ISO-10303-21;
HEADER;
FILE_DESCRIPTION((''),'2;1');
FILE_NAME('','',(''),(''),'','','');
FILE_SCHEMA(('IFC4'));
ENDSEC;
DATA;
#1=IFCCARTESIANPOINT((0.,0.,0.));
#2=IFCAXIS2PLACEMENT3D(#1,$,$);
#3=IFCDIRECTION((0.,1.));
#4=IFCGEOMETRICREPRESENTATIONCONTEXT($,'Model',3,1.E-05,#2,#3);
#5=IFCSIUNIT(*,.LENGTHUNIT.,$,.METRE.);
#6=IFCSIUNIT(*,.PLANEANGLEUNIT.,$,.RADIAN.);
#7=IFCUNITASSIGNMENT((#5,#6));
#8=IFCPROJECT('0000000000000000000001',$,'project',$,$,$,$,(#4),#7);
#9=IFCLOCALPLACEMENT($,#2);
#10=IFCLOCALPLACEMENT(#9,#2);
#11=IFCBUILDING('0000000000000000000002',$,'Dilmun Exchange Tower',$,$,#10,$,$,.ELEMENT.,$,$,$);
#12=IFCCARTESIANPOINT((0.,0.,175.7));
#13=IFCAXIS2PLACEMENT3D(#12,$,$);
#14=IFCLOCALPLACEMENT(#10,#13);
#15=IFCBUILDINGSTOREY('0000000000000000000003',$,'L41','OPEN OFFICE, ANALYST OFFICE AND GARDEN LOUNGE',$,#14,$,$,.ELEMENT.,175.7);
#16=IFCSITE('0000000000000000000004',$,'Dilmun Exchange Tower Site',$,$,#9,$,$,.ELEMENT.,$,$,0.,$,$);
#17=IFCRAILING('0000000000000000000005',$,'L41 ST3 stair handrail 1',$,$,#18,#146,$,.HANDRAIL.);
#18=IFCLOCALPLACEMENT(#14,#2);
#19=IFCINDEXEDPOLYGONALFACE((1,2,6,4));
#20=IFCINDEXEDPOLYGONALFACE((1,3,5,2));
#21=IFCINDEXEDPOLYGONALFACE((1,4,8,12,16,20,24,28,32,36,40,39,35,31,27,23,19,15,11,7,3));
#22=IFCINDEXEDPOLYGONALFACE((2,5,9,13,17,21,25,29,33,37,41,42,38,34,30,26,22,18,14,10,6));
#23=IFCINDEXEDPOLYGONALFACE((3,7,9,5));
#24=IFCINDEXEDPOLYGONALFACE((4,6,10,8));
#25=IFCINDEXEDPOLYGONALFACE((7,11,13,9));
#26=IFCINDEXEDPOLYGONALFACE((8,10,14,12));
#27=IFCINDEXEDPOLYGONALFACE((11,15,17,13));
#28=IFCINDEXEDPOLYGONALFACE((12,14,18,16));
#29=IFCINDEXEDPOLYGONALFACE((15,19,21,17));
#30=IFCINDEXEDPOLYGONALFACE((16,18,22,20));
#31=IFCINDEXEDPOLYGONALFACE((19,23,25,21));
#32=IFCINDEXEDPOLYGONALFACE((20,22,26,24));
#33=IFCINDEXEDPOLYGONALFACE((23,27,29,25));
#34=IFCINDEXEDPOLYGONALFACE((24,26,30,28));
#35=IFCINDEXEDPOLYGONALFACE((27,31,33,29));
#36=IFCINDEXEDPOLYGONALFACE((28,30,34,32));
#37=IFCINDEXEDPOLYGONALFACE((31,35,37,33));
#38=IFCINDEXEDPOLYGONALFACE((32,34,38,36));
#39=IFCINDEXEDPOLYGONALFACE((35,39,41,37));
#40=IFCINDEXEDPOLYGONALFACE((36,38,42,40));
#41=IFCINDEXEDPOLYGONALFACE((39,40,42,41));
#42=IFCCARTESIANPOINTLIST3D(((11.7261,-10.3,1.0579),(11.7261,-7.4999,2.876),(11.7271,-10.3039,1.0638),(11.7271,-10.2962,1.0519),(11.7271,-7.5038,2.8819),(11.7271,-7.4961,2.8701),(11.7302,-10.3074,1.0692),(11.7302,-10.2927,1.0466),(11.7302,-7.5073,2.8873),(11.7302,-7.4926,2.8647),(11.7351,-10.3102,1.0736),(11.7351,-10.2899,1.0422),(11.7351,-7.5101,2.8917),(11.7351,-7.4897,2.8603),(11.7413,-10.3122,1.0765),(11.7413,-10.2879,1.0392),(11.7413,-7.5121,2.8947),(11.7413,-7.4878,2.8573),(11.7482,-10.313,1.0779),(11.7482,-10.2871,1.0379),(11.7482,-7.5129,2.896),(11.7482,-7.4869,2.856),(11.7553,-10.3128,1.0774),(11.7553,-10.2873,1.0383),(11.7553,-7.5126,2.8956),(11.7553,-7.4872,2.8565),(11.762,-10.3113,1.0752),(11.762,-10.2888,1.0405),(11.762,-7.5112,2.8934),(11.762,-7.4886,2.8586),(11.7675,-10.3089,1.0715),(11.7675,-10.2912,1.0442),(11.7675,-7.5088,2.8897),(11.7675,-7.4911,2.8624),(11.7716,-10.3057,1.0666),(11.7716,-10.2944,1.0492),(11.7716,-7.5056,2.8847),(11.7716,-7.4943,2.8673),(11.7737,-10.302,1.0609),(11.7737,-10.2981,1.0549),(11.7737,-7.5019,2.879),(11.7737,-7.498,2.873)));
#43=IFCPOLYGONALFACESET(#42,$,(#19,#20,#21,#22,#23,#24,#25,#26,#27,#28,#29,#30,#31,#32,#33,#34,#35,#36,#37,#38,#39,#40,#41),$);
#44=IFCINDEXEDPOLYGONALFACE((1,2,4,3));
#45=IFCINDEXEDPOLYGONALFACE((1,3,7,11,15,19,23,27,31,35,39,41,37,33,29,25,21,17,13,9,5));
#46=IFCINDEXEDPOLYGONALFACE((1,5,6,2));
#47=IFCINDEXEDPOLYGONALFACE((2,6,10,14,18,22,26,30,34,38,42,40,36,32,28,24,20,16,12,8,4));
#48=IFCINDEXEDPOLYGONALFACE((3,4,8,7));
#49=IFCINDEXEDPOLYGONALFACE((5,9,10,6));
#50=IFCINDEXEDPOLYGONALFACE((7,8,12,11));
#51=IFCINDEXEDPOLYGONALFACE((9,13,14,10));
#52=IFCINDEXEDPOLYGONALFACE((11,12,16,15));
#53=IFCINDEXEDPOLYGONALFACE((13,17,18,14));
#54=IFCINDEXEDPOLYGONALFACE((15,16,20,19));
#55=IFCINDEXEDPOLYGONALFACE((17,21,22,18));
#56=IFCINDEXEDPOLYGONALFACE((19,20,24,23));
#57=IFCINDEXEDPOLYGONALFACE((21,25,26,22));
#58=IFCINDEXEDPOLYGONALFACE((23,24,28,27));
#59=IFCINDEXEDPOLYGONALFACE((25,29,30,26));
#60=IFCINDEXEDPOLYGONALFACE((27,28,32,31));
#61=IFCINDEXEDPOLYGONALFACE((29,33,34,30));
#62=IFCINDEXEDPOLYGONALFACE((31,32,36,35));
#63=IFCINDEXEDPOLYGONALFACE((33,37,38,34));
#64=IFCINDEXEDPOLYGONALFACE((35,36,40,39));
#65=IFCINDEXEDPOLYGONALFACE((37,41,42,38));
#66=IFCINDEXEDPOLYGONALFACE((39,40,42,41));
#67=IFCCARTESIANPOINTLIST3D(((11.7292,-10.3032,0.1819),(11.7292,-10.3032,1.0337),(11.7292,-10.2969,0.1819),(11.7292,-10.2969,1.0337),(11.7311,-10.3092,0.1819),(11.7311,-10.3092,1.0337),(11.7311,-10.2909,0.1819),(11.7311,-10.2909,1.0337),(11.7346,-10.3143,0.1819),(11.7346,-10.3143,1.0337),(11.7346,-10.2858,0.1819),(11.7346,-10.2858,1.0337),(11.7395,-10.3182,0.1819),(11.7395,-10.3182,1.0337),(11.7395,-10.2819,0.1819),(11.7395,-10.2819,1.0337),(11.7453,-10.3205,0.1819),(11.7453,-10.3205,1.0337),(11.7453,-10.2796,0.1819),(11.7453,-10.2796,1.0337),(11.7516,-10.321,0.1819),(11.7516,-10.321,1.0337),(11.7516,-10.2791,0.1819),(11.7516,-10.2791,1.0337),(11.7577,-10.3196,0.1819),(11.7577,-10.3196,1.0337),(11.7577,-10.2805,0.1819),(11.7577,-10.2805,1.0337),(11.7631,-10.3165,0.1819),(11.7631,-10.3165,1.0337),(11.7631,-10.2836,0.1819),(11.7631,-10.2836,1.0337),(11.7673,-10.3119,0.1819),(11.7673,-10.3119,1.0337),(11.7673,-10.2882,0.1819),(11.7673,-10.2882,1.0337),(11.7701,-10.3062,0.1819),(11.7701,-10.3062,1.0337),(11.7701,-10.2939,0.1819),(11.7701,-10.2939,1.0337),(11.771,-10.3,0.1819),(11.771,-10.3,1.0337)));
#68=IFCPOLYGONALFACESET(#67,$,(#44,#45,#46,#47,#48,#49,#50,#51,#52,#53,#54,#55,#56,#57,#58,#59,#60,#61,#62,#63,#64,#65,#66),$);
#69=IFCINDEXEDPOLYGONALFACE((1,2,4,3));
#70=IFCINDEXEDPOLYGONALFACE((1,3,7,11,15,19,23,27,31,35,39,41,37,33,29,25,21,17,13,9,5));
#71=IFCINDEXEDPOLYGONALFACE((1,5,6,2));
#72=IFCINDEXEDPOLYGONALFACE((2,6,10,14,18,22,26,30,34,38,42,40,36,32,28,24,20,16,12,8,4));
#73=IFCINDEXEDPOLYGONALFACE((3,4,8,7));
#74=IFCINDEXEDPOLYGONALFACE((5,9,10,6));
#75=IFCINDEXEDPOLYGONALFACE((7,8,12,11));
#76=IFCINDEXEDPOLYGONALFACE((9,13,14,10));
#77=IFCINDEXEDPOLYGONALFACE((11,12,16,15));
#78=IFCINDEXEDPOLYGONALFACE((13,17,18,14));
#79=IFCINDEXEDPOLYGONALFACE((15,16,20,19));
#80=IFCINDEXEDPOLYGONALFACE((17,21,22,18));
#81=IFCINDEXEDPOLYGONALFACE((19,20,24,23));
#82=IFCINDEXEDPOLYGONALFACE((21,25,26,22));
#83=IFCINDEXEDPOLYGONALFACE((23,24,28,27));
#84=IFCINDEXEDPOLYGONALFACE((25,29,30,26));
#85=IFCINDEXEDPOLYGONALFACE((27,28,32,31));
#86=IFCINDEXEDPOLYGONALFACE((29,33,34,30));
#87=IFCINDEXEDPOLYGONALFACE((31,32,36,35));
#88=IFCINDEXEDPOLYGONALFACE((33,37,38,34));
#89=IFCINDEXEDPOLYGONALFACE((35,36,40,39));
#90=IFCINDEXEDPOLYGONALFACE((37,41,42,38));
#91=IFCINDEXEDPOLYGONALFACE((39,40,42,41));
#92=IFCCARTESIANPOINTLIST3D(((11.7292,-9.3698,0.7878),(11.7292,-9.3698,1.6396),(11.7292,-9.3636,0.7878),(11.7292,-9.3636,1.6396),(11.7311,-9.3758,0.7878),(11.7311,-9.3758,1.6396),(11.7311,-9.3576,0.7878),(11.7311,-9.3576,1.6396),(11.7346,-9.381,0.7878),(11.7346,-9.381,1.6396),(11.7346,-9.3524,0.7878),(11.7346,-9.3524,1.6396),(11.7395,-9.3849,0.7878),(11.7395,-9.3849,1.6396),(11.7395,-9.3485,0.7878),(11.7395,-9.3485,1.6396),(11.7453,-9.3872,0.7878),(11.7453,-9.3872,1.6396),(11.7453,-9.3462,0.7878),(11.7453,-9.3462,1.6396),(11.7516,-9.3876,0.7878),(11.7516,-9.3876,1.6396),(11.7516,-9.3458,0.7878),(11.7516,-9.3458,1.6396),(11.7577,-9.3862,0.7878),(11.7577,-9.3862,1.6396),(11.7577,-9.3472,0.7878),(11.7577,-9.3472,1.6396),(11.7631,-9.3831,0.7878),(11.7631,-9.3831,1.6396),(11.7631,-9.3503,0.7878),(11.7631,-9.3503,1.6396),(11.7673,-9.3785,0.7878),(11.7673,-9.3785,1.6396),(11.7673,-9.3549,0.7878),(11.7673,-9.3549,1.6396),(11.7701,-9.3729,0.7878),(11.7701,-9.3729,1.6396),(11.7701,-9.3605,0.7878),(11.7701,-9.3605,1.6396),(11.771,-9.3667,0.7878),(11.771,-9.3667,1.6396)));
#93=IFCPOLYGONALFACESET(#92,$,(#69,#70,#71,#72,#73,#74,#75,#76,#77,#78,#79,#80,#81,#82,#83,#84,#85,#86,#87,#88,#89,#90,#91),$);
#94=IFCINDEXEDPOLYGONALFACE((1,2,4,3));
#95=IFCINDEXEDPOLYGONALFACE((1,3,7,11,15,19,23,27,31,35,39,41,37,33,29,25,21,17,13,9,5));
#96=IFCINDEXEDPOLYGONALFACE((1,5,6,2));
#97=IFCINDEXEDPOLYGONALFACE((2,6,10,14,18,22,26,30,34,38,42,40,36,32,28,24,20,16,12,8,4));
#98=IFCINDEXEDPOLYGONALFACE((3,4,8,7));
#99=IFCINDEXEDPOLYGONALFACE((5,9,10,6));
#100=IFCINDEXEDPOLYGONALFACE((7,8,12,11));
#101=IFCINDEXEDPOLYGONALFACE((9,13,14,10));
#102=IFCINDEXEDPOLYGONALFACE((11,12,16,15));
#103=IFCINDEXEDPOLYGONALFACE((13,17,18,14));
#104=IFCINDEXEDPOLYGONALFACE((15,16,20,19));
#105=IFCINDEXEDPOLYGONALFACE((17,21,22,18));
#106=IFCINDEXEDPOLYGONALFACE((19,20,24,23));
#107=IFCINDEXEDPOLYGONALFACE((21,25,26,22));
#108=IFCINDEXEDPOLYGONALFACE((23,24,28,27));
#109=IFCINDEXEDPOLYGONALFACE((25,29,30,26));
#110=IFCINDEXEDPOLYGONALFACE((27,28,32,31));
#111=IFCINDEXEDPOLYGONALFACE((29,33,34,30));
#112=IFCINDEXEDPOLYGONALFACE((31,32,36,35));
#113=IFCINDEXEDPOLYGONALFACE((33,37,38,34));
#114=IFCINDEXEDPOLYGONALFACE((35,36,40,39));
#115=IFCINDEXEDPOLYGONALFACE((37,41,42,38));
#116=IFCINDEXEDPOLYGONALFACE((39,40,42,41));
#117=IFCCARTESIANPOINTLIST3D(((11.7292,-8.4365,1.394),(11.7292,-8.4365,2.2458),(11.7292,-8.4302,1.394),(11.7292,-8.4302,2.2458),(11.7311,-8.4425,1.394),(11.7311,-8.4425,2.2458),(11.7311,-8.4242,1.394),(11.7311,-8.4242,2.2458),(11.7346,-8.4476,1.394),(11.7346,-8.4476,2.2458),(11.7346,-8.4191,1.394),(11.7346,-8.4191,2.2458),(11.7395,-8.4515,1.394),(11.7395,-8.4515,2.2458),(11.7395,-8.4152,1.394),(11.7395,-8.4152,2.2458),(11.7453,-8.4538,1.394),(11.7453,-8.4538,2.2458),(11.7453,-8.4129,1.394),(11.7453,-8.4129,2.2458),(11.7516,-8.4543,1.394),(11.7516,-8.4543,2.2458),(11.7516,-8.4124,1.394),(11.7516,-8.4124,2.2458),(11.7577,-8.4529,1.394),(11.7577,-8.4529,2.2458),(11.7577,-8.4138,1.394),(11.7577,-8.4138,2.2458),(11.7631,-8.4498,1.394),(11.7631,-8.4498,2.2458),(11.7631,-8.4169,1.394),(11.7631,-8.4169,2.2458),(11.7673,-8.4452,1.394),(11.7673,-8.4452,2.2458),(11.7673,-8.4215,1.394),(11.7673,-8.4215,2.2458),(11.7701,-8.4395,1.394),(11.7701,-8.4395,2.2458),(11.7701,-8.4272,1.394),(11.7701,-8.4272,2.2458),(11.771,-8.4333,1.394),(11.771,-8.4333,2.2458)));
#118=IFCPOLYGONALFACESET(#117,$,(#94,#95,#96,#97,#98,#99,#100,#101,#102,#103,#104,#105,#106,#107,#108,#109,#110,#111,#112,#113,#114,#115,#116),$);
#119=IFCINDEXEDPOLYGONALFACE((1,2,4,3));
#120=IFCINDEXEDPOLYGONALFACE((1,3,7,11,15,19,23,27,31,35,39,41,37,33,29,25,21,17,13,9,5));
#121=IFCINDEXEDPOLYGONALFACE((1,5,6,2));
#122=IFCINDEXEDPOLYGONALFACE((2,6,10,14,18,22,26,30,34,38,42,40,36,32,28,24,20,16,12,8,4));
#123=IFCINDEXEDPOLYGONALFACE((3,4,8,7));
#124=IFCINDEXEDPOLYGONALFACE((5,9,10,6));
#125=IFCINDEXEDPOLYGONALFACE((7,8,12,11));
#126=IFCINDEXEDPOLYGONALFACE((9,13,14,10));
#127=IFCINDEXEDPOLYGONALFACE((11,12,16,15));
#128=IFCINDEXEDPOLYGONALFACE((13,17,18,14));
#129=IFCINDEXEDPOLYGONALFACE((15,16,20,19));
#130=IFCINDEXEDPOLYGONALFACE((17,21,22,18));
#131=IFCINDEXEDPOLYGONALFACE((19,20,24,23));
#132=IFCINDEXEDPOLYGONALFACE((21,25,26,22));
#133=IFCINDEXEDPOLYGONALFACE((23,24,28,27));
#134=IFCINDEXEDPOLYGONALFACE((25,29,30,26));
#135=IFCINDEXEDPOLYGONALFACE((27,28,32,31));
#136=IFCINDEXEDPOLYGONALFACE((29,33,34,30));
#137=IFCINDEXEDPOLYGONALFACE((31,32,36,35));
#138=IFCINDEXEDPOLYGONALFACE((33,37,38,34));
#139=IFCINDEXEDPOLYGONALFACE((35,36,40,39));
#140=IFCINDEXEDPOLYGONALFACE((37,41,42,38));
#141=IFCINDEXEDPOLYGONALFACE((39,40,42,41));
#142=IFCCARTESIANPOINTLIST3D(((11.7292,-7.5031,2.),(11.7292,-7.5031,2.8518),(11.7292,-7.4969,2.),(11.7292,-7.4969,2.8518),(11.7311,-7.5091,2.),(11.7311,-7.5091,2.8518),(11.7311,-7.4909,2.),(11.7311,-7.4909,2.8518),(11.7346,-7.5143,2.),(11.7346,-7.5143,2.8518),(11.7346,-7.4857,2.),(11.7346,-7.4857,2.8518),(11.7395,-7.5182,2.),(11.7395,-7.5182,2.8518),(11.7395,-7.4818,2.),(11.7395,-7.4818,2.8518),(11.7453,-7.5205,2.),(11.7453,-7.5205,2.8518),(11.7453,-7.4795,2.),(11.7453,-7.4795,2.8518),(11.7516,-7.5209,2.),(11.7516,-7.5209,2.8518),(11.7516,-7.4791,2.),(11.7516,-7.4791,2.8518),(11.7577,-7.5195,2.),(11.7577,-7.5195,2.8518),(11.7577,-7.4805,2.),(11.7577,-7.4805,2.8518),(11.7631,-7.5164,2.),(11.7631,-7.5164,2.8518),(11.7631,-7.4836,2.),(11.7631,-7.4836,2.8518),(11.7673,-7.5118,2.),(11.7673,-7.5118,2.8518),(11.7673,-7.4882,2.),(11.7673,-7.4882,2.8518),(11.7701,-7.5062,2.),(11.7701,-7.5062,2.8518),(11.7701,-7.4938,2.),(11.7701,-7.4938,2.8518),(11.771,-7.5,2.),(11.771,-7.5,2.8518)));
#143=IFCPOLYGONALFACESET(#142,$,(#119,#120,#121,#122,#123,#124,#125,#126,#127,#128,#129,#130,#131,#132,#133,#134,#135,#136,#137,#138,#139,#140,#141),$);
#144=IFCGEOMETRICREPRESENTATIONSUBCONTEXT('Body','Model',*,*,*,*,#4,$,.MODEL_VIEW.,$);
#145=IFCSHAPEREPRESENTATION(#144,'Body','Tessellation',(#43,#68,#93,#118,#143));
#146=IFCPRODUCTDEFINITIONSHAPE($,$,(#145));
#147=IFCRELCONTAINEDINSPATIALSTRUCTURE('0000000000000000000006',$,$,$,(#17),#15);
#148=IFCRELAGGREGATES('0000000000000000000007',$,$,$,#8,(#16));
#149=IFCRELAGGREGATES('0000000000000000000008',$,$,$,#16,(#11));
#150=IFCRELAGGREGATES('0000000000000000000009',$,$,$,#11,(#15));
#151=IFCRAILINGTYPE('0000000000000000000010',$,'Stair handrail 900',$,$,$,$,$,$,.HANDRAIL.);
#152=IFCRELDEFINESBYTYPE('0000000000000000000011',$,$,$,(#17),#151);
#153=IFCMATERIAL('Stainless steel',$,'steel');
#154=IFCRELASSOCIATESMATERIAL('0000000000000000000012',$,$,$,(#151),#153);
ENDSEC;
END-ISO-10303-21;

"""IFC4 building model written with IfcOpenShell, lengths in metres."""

from ifc_helpers import new_model, si_unit, direction, frame, origin, origin_2d, place, context, subcontext, project, spatial, circle, extrude, material, type_object, element, save


model = new_model("IFC4")

# Units and contexts
model_context = context("Model", 3, precision=1e-05, world=origin(), true_north=direction((0.0, 1.0)))
body_context = subcontext(model_context, "Body", "Model", "MODEL_VIEW")
ifc_project = project(units=[si_unit("LENGTHUNIT", "METRE"), si_unit("PLANEANGLEUNIT", "RADIAN")], contexts=[model_context])

# Site, building, storey
site_placement = place(None, origin())
site = spatial("IfcSite", under=ifc_project, at=site_placement, Name="Dilmun Exchange Tower Site", CompositionType="ELEMENT", RefElevation=0.0)
building_placement = place(site_placement, origin())
building = spatial("IfcBuilding", under=site, at=building_placement, Name="Dilmun Exchange Tower", CompositionType="ELEMENT")
storey_placement = place(building_placement, frame((0.0, 0.0, 175.7)))
storey = spatial("IfcBuildingStorey", under=building, at=storey_placement, Name="L41", Description="OPEN OFFICE, ANALYST OFFICE AND GARDEN LOUNGE", CompositionType="ELEMENT", Elevation=175.7)

# Railing
ifc_material_1 = material(Name="Stainless steel", Category="steel")
railing_type = type_object("IfcRailingType", Name="Stair handrail 900", PredefinedType="HANDRAIL", material=ifc_material_1)
railing_placement = place(storey_placement, frame((11.75, -10.3, 0.1819)))
element("IfcRailing", 1, at=railing_placement, inside=storey, type_object=railing_type, Name="L41 ST3 stair handrail 1", PredefinedType="HANDRAIL", context=body_context, shape_type="SweptSolid", body=[
    extrude(circle(Radius=0.0239, at=origin_2d()), frame((0.0, 0.0, 0.876), z_axis=(0.0, 0.838706, 0.544585), x_axis=(-1.0, 0.0, 0.0)), (0.0, 0.0, 1.0), 3.3386),
    extrude(circle(Radius=0.021, at=origin_2d()), origin(), (0.0, 0.0, 1.0), 0.8518),
    extrude(circle(Radius=0.021, at=origin_2d()), frame((0.0, 0.9333, 0.606)), (0.0, 0.0, 1.0), 0.8518),
    extrude(circle(Radius=0.021, at=origin_2d()), frame((0.0, 1.8667, 1.2122)), (0.0, 0.0, 1.0), 0.8518),
    extrude(circle(Radius=0.021, at=origin_2d()), frame((0.0, 2.8, 1.8181)), (0.0, 0.0, 1.0), 0.8518),
])

save(model, "model.ifc")
